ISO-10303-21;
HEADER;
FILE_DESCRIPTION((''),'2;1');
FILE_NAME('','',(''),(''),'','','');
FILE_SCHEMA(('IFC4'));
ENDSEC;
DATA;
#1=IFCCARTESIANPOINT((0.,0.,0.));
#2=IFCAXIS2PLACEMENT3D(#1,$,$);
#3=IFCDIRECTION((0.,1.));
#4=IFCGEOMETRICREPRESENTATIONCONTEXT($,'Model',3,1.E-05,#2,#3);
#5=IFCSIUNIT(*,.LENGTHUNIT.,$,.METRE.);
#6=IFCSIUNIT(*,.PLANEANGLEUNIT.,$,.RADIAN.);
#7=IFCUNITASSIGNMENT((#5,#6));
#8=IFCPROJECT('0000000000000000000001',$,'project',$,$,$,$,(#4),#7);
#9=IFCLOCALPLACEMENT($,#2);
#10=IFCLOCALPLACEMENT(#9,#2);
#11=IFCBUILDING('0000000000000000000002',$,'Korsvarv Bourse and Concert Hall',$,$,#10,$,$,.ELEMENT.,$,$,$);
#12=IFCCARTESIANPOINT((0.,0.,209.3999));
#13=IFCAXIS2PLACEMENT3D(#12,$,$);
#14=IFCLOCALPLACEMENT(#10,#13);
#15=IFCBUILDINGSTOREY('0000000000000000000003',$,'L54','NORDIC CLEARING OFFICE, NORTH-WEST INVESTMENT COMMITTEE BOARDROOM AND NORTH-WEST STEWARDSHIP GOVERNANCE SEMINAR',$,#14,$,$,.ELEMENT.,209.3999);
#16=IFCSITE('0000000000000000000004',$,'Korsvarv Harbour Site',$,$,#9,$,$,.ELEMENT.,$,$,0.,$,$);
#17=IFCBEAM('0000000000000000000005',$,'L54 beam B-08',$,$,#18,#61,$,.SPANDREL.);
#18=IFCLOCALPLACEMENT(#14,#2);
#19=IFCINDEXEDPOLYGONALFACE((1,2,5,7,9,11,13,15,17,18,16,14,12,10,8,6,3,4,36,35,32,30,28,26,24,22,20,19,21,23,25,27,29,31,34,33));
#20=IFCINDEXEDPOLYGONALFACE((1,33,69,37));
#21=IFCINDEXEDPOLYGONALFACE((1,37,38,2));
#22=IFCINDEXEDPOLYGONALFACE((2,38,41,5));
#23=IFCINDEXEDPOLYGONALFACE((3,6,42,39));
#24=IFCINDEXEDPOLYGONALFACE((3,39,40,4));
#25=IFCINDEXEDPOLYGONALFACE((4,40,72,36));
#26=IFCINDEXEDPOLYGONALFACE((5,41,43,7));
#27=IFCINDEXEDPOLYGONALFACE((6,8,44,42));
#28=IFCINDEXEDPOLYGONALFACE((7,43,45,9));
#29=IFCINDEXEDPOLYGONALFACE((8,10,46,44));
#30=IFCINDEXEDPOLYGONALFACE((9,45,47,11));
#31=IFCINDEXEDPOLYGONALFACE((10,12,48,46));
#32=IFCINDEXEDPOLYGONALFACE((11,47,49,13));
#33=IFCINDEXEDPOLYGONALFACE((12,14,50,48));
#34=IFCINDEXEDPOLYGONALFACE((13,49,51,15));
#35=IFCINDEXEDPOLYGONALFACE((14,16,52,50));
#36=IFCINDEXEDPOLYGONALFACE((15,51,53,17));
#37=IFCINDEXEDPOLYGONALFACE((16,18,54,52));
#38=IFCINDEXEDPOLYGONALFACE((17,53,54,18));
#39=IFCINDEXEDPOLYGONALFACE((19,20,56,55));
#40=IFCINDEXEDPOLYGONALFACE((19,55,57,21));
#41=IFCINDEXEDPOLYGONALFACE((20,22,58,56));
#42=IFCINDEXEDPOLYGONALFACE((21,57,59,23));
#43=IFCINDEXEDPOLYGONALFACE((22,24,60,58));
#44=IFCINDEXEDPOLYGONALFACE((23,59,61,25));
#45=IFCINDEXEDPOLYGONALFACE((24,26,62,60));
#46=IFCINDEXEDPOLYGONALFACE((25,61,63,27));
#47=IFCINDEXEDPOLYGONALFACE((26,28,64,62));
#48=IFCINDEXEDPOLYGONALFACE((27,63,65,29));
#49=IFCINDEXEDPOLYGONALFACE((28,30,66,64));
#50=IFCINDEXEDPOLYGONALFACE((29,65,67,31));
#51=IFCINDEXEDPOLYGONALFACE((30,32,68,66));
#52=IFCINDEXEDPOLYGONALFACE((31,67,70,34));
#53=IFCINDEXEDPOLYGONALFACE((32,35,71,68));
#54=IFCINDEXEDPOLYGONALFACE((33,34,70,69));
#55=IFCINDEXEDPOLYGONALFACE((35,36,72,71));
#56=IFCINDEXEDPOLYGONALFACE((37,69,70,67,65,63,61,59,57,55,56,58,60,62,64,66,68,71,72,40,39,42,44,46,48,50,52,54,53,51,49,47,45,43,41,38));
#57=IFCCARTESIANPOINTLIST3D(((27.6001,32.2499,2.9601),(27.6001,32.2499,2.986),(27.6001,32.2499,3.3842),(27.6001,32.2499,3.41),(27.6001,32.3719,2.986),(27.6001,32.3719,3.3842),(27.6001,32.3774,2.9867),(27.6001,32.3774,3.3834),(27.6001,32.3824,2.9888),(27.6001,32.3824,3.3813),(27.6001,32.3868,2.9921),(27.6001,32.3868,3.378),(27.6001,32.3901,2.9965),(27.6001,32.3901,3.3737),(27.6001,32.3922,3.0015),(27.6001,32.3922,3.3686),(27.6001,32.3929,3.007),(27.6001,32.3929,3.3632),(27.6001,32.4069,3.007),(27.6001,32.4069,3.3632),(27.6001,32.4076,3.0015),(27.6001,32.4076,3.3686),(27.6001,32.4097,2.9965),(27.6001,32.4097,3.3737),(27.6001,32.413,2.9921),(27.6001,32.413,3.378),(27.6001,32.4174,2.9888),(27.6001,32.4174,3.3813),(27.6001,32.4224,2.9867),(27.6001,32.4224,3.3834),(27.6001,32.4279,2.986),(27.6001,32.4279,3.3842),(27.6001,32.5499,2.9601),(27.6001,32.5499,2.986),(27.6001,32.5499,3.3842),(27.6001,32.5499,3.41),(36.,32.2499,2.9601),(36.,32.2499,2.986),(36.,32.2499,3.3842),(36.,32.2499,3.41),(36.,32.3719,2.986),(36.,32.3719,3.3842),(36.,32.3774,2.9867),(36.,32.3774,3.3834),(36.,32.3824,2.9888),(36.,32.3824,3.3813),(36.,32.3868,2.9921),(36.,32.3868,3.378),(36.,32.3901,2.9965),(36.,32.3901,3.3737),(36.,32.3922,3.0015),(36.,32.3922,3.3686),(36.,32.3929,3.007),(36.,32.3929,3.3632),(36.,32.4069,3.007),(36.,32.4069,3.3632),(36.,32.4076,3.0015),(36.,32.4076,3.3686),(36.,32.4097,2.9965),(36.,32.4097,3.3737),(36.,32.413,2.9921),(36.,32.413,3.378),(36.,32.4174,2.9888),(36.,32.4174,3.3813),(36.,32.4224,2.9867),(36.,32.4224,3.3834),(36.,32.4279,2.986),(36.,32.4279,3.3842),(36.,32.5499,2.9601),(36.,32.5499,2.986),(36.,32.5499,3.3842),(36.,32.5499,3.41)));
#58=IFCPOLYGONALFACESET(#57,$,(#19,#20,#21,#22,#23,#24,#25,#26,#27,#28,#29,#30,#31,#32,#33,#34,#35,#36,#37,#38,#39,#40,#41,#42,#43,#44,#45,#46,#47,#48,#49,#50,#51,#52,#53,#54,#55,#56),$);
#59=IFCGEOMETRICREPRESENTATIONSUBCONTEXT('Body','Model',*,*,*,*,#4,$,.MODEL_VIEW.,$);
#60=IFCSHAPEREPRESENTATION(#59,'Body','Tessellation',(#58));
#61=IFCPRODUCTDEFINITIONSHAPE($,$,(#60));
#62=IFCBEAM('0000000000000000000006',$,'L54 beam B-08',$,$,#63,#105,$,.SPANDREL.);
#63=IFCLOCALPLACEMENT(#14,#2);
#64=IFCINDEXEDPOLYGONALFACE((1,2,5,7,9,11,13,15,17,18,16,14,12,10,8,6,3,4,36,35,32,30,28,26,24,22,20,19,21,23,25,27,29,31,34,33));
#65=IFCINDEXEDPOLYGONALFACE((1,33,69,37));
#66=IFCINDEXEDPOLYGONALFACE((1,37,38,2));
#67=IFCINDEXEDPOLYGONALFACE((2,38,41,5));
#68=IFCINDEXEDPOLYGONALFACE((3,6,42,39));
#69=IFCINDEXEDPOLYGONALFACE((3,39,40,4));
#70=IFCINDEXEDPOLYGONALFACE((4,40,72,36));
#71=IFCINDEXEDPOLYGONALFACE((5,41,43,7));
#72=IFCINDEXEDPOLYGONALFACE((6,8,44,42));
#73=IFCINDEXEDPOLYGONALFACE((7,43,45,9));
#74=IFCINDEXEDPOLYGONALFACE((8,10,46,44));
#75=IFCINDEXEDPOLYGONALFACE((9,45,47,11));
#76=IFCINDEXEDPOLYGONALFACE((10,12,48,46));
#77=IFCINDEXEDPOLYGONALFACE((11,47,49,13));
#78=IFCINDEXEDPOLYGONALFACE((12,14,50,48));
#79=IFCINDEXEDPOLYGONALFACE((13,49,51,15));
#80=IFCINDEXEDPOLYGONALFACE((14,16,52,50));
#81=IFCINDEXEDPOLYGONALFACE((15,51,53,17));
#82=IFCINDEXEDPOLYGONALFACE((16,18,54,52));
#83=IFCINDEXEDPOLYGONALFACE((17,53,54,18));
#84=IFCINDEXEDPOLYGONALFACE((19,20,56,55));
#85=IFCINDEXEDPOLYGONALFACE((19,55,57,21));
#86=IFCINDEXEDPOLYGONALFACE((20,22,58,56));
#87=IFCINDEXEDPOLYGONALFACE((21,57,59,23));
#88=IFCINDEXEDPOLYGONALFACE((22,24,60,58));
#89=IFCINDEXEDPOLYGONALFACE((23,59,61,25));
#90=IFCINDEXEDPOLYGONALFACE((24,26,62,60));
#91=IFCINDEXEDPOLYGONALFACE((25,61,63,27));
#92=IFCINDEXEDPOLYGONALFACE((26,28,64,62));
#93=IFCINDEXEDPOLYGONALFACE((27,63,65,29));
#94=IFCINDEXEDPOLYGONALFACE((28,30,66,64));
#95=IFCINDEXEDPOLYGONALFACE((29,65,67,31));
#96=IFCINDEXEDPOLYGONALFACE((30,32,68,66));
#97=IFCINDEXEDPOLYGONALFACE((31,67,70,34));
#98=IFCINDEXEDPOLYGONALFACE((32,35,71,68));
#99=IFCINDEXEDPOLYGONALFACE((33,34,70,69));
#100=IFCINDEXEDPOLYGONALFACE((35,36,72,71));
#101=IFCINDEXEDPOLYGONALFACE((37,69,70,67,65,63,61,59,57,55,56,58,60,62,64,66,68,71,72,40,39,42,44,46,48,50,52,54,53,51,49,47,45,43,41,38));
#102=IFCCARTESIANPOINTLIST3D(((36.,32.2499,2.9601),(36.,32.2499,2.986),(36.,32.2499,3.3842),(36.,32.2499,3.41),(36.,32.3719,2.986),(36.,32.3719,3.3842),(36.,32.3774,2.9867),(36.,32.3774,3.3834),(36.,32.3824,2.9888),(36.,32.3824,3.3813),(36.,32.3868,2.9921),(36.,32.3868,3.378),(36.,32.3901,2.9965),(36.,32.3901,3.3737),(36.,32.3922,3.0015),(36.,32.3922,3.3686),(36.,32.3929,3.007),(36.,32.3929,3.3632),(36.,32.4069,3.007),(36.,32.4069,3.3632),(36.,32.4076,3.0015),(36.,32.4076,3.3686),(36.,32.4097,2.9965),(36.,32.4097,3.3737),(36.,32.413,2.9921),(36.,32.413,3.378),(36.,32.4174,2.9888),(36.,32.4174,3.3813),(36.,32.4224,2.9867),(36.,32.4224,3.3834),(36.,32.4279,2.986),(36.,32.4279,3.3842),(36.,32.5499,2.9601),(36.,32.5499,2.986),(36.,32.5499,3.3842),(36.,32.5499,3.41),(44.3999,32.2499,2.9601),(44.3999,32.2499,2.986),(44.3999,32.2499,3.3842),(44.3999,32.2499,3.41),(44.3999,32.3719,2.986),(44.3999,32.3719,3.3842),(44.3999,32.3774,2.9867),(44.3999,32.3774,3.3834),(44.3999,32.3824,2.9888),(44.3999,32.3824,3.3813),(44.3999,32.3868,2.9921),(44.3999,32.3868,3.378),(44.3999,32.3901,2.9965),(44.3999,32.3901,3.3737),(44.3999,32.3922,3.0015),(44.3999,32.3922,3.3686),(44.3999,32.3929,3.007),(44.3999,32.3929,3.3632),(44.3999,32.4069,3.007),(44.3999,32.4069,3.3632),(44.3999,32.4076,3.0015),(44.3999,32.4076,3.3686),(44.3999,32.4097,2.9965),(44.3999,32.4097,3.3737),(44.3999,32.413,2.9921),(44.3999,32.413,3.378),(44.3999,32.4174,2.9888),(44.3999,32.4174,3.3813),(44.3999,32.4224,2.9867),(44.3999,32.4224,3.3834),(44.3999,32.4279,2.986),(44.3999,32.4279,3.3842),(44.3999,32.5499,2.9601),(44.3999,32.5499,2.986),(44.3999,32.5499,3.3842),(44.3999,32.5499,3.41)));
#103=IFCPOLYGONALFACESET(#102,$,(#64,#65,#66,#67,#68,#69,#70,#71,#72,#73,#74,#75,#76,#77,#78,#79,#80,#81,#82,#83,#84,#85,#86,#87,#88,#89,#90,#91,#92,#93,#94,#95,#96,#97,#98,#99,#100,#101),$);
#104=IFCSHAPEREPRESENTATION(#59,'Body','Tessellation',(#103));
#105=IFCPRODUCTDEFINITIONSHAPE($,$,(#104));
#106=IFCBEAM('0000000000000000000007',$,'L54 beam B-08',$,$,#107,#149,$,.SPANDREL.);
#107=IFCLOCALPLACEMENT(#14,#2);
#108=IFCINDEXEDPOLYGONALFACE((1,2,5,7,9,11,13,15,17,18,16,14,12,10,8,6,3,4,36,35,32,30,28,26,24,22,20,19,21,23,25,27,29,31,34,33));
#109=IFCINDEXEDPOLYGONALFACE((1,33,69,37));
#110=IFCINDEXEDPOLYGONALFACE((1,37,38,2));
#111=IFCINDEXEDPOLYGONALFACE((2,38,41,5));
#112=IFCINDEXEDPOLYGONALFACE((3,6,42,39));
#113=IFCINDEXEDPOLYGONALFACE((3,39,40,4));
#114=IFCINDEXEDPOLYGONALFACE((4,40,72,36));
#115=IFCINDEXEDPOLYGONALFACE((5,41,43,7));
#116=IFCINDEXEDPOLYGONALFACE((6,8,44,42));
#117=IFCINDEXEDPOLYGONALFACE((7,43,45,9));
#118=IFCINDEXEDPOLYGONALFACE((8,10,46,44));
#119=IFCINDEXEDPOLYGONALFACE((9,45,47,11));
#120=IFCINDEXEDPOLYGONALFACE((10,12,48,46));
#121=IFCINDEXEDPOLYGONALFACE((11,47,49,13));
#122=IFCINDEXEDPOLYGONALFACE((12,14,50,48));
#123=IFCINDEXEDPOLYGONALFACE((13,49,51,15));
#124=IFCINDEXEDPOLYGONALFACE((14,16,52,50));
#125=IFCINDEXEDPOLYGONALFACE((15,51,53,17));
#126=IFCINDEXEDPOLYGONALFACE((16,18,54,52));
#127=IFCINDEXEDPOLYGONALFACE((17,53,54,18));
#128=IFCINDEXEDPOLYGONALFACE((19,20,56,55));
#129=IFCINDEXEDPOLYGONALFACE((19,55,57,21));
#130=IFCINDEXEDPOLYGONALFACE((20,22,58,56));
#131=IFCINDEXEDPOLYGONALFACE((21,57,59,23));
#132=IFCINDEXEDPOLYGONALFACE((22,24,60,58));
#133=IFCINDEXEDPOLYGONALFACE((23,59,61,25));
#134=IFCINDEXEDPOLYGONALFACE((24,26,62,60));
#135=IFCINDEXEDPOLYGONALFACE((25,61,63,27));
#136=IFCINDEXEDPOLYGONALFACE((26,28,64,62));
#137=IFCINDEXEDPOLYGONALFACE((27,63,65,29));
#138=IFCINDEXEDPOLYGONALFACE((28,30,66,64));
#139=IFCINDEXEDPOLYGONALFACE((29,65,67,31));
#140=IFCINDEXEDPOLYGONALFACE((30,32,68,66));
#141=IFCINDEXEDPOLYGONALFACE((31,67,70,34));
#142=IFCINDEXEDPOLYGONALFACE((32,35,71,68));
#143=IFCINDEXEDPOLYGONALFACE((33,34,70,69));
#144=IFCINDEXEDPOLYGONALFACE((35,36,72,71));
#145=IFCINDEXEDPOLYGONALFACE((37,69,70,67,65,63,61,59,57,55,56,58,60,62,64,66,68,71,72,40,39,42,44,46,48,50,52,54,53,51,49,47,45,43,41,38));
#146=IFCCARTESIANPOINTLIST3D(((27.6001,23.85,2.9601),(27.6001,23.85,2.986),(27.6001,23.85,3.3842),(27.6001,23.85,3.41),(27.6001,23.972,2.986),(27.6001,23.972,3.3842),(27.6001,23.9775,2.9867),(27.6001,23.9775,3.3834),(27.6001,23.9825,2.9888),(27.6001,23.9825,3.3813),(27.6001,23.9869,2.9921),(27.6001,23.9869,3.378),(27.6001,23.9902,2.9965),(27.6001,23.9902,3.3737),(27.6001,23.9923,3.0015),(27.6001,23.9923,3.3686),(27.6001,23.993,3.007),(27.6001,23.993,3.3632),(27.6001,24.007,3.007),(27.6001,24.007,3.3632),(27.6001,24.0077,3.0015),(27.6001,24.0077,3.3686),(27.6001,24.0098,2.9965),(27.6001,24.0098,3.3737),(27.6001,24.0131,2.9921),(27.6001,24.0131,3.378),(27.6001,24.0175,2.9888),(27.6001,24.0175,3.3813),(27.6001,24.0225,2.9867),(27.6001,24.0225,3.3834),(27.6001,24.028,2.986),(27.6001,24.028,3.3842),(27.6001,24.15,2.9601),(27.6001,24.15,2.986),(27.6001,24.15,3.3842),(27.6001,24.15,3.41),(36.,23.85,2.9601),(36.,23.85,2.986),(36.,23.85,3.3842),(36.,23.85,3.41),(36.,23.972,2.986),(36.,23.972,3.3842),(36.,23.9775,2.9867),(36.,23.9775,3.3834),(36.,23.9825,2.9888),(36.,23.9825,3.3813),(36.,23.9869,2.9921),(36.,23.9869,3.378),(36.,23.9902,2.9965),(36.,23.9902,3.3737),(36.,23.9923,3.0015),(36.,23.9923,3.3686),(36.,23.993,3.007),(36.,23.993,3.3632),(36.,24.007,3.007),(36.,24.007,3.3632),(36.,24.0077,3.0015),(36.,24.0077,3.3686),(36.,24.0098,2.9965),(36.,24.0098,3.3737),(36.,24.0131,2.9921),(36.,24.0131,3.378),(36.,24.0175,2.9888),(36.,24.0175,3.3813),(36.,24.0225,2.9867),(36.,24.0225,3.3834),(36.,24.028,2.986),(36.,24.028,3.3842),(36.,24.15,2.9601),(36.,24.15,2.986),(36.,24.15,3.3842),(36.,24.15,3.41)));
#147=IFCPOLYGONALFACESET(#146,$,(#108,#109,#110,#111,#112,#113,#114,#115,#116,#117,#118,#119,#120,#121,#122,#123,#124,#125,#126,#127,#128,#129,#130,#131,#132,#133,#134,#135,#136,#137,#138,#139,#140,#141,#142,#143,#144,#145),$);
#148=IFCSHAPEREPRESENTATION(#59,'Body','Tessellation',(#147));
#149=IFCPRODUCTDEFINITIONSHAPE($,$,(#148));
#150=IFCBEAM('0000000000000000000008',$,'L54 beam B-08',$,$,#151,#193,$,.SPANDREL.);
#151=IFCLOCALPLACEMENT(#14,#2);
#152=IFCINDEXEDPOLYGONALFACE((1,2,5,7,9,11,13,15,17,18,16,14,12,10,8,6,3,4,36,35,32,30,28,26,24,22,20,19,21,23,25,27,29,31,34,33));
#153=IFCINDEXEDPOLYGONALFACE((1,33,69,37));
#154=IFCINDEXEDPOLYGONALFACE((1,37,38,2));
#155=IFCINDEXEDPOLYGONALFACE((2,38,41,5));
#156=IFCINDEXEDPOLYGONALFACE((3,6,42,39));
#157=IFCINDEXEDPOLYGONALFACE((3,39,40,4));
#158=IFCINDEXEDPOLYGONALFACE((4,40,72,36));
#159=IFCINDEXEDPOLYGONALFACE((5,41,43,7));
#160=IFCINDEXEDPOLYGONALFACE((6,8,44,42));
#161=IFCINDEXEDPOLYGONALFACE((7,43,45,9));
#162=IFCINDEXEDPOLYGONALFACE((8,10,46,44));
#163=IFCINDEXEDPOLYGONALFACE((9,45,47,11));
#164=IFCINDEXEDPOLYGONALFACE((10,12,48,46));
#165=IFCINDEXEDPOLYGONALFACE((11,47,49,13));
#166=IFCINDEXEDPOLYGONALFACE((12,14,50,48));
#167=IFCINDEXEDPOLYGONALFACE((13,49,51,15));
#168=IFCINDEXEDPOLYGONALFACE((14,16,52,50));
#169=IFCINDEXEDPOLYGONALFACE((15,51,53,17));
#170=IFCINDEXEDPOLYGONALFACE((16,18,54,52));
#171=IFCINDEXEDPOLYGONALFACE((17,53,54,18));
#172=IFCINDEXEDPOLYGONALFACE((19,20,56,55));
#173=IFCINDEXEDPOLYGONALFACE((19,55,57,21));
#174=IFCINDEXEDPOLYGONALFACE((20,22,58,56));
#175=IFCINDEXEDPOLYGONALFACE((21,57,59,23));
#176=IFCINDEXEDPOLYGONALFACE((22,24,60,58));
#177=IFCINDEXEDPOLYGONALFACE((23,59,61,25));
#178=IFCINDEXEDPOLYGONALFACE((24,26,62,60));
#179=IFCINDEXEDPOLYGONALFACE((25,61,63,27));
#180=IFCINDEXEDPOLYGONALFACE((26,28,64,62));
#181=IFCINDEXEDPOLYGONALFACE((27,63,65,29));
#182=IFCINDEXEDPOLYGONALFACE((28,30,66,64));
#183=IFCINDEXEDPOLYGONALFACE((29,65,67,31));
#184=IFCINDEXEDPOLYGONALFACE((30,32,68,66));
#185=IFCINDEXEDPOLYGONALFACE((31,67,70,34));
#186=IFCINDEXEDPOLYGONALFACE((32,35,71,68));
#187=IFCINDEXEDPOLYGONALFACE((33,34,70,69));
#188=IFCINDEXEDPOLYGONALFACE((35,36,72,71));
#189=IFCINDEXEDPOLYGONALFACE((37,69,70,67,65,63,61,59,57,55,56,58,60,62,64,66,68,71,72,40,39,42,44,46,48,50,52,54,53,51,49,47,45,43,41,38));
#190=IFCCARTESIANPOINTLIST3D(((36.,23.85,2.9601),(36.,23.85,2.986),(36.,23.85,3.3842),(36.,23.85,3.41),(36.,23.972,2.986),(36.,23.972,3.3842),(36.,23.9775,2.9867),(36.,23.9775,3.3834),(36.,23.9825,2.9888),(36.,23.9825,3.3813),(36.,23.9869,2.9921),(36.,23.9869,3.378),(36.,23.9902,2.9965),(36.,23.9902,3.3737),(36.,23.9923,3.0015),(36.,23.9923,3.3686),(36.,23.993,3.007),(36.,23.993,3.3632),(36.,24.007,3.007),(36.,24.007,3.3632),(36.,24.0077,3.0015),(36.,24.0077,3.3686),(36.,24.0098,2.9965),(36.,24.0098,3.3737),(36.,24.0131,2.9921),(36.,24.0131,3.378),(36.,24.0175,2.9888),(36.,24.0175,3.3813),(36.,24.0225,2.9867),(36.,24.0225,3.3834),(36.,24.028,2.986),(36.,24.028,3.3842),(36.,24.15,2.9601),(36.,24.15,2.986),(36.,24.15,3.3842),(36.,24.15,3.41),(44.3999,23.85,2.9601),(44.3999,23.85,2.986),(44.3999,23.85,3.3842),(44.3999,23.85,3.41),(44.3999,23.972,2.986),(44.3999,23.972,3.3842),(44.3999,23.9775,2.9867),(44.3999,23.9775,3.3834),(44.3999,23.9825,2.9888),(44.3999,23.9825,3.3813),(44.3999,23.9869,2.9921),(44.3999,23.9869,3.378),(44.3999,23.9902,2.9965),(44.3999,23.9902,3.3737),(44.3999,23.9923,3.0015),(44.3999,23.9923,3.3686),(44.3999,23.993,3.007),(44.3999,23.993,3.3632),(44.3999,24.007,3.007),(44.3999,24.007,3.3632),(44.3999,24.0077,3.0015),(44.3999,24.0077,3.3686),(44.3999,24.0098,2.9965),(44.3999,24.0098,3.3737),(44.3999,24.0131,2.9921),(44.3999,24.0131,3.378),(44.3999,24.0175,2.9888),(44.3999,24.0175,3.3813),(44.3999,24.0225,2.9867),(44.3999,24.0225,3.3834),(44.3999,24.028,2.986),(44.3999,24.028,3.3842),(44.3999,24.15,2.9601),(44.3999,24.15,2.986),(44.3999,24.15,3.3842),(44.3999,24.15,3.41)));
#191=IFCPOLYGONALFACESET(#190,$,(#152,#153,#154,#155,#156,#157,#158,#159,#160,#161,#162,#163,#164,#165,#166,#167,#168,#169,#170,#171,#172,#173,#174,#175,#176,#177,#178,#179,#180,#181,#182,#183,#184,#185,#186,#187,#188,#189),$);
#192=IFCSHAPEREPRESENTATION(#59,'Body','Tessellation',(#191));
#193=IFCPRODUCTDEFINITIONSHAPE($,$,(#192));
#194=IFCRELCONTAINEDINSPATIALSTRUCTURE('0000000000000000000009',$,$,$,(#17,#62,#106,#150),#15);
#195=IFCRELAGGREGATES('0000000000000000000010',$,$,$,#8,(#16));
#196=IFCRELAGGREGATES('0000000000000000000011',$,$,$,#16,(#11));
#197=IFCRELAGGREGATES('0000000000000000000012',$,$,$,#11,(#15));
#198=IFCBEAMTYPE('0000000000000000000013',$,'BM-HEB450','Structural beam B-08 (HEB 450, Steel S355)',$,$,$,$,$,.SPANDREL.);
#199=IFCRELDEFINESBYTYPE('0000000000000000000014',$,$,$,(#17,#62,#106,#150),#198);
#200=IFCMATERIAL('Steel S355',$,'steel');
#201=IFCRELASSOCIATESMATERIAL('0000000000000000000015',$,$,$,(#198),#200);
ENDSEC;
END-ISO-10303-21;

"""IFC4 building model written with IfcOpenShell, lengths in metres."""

from ifc_helpers import new_model, si_unit, direction, frame, origin, origin_2d, place, context, subcontext, project, spatial, i_section, extrude, source, transform, mapped, material, material_profile, profile_set, type_object, element, save


model = new_model("IFC4")

# Units and contexts
model_context = context("Model", 3, precision=1e-05, world=origin(), true_north=direction((0.0, 1.0)))
body_context = subcontext(model_context, "Body", "Model", "MODEL_VIEW")
ifc_project = project(units=[si_unit("LENGTHUNIT", "METRE"), si_unit("PLANEANGLEUNIT", "RADIAN")], contexts=[model_context])

# Site, building, storey
site_placement = place(None, origin())
site = spatial("IfcSite", under=ifc_project, at=site_placement, Name="Korsvarv Harbour Site", CompositionType="ELEMENT", RefElevation=0.0)
building_placement = place(site_placement, origin())
building = spatial("IfcBuilding", under=site, at=building_placement, Name="Korsvarv Bourse and Concert Hall", CompositionType="ELEMENT")
storey_placement = place(building_placement, frame((0.0, 0.0, 209.3999)))
storey = spatial("IfcBuildingStorey", under=building, at=storey_placement, Name="L54", Description="NORDIC CLEARING OFFICE, NORTH-WEST INVESTMENT COMMITTEE BOARDROOM AND NORTH-WEST STEWARDSHIP GOVERNANCE SEMINAR", CompositionType="ELEMENT", Elevation=209.3999)

# Shared definitions
ifc_material_1 = material(Name="Steel S355", Category="steel")

# Beams
ifc_material_profile_1 = material_profile(ifc_material_1, i_section(OverallWidth=0.3, OverallDepth=0.45, WebThickness=0.0139, FlangeThickness=0.0259, FilletRadius=0.021, at=origin_2d()), Name="HEB 450")
ifc_profile_set_1 = profile_set([ifc_material_profile_1], Name="Steel S355")
beam_type_1 = type_object("IfcBeamType", Name="BM-HEB450", Description="Structural beam B-08 (HEB 450, Steel S355)", PredefinedType="SPANDREL", material=ifc_profile_set_1)
shared_shape_1 = source(origin(), body_context, "Body", "SweptSolid", [
    extrude(i_section(OverallWidth=0.3, OverallDepth=0.45, WebThickness=0.0139, FlangeThickness=0.0259, FilletRadius=0.021, at=origin_2d()), origin(), (0.0, 0.0, 1.0), 8.3999),
])
for number, where, z_axis, x_axis, name in (
    (1, (27.6001, 32.3999, 3.1851), (1.0, 0.0, 0.0), (0.0, 1.0, 0.0), "L54 beam B-08"),
    (2, (36.0, 32.3999, 3.1851), (1.0, 0.0, 0.0), (0.0, 1.0, 0.0), "L54 beam B-08"),
    (3, (27.6001, 24.0, 3.1851), (1.0, 0.0, 0.0), (0.0, 1.0, 0.0), "L54 beam B-08"),
    (4, (36.0, 24.0, 3.1851), (1.0, 0.0, 0.0), (0.0, 1.0, 0.0), "L54 beam B-08"),
):
    element("IfcBeam", number, at=place(storey_placement, frame(where, z_axis=z_axis, x_axis=x_axis)), inside=storey, type_object=beam_type_1, Name=name, PredefinedType="SPANDREL", context=body_context, shape_type="MappedRepresentation", body=[
        mapped(shared_shape_1, transform((0.0, 0.0, 0.0), scale=1.0)),
    ])

save(model, "model.ifc")
